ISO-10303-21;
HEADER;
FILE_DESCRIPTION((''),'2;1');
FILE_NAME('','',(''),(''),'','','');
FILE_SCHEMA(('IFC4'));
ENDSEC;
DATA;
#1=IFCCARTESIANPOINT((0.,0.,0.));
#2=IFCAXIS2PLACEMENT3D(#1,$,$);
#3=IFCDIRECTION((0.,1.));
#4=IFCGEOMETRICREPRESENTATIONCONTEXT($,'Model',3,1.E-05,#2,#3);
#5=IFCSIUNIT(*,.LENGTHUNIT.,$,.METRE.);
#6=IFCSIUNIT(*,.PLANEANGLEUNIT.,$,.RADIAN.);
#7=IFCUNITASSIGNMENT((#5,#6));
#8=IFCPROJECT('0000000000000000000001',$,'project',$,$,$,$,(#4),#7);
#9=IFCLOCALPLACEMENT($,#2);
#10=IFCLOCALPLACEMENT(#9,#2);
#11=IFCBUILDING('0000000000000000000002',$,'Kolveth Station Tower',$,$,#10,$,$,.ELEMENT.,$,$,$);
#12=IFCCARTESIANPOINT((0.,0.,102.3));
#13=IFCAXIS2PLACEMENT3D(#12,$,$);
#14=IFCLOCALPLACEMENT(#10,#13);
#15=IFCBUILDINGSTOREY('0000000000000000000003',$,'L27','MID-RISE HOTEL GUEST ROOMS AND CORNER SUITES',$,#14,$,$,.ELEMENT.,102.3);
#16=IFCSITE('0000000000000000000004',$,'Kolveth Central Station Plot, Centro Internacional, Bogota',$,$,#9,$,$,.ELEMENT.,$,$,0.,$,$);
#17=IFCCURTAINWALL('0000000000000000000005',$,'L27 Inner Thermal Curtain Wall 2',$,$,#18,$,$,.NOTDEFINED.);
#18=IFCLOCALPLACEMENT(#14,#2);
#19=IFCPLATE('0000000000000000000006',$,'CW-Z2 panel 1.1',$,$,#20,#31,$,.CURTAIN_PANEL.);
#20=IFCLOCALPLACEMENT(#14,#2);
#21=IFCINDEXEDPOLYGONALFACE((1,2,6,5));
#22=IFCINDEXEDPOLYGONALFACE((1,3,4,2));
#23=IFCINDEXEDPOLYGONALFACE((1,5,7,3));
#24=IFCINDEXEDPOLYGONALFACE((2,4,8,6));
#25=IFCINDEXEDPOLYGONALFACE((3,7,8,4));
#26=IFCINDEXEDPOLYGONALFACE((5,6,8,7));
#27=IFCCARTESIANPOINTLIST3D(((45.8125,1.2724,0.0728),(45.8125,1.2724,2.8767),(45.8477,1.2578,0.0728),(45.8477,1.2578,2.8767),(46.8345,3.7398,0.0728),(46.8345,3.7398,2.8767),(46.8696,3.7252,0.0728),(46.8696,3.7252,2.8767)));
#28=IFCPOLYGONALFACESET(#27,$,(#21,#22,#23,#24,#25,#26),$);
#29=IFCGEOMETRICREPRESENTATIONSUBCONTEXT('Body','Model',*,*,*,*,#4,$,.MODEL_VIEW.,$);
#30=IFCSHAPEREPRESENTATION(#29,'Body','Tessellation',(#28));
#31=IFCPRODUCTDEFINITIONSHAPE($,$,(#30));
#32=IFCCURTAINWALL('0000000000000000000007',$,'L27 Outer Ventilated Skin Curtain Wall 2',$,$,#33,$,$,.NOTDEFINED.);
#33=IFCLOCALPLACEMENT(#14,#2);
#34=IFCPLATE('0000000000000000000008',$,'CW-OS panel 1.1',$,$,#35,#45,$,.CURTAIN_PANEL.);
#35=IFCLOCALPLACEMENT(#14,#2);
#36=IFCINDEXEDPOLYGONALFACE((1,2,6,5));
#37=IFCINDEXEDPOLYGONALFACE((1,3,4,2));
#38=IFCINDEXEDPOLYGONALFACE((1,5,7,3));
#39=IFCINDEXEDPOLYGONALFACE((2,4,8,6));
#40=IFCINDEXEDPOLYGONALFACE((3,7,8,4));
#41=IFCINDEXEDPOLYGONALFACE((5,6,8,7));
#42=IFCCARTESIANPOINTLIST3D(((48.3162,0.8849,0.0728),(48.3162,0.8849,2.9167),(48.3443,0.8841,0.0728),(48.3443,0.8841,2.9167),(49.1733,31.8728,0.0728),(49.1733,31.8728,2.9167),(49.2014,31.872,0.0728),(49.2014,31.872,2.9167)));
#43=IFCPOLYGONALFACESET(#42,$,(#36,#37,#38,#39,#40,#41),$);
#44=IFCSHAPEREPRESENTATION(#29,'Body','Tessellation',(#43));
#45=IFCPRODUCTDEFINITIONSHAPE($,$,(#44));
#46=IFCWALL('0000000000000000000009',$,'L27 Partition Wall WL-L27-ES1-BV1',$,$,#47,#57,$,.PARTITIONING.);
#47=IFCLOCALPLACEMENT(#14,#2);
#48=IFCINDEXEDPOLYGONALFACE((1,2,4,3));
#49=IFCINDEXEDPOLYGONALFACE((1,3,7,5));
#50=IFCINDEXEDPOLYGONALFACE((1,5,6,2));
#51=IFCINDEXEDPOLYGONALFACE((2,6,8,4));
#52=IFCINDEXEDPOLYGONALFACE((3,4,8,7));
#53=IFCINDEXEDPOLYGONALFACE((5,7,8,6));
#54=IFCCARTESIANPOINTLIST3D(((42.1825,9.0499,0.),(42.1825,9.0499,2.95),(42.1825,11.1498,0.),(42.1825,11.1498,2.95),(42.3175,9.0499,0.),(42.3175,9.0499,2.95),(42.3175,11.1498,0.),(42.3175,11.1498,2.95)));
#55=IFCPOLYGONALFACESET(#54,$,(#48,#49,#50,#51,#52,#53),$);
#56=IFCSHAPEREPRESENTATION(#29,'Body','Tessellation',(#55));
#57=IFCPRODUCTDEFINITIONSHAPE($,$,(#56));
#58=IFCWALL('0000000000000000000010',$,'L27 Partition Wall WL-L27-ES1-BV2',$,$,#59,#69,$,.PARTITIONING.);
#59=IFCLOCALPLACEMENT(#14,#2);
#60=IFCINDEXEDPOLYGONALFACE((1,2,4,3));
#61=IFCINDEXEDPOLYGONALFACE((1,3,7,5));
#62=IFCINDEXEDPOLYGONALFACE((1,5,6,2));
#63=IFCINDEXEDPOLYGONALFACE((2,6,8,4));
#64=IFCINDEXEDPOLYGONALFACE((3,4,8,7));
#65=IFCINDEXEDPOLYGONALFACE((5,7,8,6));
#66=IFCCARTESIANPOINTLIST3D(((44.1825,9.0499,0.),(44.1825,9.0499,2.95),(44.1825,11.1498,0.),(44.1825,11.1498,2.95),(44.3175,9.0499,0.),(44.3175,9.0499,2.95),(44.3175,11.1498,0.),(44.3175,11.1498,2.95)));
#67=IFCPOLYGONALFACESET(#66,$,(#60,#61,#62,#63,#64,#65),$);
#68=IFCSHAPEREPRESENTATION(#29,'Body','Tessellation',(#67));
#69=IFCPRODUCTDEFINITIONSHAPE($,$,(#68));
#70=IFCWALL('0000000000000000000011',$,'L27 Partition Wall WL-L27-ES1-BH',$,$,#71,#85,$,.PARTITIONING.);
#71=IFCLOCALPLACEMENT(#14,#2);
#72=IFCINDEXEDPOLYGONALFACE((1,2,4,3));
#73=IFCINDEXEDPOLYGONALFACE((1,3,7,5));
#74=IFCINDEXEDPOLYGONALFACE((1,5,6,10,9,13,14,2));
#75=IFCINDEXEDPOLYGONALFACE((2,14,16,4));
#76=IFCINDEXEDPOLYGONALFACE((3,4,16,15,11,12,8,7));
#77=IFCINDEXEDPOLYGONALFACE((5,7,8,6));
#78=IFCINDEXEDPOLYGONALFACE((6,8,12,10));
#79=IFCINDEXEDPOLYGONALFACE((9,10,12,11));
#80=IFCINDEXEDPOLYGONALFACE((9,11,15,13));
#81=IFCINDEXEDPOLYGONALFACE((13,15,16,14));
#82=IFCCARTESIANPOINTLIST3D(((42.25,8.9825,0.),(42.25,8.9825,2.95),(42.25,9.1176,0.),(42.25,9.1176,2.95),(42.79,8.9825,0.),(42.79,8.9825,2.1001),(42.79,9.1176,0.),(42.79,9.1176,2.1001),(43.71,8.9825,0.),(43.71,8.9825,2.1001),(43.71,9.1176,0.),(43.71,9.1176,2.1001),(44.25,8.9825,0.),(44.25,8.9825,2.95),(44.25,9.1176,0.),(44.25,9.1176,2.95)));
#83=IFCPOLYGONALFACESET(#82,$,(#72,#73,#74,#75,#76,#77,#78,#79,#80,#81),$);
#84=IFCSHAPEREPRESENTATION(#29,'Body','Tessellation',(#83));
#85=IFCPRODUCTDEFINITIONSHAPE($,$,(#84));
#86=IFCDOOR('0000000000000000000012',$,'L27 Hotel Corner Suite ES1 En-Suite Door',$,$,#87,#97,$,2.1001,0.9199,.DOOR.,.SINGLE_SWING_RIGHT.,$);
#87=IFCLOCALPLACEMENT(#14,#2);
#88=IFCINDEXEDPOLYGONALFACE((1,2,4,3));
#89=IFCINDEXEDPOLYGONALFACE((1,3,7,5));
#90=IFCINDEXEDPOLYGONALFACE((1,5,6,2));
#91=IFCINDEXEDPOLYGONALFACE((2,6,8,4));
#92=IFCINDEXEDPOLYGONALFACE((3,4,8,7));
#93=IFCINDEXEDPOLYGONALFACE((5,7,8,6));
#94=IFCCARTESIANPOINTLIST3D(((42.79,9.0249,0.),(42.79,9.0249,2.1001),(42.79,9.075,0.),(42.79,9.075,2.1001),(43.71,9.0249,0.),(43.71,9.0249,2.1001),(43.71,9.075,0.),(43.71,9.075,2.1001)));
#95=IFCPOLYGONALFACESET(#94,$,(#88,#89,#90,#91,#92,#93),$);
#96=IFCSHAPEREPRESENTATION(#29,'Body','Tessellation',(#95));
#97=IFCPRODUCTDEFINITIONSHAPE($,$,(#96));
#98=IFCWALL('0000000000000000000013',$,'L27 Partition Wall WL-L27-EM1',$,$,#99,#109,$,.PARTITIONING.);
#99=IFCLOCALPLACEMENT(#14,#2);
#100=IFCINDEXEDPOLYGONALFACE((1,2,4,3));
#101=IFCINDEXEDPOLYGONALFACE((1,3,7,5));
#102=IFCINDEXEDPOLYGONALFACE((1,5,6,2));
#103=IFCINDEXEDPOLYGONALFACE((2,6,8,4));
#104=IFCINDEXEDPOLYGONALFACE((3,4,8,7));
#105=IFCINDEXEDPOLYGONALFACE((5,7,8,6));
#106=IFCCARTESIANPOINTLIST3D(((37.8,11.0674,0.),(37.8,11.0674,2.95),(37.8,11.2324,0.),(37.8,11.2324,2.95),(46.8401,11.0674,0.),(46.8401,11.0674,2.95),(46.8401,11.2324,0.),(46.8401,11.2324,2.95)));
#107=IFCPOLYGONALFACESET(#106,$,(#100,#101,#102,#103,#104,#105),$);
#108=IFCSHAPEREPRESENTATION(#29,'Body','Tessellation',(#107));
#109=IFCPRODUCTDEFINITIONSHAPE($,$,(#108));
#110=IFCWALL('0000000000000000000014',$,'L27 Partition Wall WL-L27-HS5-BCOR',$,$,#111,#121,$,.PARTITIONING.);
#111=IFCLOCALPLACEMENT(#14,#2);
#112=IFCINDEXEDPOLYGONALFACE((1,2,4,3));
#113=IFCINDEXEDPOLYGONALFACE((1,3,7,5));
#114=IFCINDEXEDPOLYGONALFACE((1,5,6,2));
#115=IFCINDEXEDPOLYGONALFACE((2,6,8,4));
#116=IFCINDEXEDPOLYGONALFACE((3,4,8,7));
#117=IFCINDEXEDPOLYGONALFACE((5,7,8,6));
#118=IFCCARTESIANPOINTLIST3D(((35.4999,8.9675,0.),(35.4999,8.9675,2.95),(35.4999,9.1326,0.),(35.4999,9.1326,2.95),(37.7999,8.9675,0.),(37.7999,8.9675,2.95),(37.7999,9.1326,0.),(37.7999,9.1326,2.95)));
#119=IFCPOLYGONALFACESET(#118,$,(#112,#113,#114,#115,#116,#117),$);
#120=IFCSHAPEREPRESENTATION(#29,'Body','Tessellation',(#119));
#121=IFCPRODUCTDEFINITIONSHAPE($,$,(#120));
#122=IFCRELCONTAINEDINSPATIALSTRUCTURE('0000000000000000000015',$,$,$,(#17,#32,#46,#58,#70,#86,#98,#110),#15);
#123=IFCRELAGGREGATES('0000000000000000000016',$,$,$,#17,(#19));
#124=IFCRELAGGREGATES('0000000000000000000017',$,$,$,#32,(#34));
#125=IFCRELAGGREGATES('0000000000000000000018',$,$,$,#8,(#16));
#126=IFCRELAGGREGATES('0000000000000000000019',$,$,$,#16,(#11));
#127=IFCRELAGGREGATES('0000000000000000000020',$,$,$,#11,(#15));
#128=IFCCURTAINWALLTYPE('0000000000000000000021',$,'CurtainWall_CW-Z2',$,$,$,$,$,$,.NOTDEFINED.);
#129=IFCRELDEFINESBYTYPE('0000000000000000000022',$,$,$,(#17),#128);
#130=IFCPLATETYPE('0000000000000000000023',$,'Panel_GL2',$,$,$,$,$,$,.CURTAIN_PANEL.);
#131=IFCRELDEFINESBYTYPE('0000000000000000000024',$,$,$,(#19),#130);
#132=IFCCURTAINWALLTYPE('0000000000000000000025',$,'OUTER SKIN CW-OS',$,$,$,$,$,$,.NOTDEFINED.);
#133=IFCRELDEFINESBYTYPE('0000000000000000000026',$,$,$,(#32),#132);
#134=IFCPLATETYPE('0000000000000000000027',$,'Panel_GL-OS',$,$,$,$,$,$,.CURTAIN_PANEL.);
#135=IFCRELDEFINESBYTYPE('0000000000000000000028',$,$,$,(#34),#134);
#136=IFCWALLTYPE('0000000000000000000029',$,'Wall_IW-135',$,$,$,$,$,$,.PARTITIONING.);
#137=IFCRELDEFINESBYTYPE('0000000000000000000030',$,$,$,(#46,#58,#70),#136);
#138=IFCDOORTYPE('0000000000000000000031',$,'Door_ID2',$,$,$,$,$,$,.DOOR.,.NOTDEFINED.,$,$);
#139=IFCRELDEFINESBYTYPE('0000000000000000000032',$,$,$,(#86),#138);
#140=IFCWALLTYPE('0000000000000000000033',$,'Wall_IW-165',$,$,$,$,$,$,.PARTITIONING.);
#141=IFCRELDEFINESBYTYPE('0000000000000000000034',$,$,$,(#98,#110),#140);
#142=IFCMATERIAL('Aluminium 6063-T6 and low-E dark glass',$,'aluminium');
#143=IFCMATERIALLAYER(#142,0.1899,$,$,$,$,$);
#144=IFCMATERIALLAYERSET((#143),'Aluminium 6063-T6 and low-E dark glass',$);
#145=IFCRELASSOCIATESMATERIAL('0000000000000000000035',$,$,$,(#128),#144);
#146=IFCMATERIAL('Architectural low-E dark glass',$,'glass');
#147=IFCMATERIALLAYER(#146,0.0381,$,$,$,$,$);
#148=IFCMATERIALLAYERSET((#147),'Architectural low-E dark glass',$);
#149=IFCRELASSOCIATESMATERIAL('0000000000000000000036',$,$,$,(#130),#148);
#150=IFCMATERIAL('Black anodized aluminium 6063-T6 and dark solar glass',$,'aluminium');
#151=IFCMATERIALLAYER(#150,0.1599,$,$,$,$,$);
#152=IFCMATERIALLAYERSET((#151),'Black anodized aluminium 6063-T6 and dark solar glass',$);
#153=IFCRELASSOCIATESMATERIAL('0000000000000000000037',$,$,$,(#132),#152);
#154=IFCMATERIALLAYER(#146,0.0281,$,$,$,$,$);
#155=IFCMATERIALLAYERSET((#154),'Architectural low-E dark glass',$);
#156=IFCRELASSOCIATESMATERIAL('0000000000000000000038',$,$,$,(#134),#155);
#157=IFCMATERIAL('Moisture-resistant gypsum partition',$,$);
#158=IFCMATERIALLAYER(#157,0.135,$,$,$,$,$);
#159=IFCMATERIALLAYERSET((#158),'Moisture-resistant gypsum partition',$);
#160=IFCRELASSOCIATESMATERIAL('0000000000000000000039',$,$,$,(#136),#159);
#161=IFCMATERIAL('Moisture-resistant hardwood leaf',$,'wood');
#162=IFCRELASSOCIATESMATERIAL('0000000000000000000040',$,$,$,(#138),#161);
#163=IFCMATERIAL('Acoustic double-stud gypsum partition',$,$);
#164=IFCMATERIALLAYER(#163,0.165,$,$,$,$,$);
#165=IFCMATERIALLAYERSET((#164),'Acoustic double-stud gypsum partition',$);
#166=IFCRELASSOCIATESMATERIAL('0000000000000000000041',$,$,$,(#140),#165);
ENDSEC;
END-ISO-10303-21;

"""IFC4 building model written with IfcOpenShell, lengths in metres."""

from ifc_helpers import new_model, si_unit, direction, frame, frame_2d, origin, origin_2d, place, context, subcontext, project, spatial, rectangle, extrude, source, transform, mapped, material, layer, layer_set, type_object, element, fill, aggregate, save


model = new_model("IFC4")

# Units and contexts
model_context = context("Model", 3, precision=1e-05, world=origin(), true_north=direction((0.0, 1.0)))
body_context = subcontext(model_context, "Body", "Model", "MODEL_VIEW")
ifc_project = project(units=[si_unit("LENGTHUNIT", "METRE"), si_unit("PLANEANGLEUNIT", "RADIAN")], contexts=[model_context])

# Site, building, storey
site_placement = place(None, origin())
site = spatial("IfcSite", under=ifc_project, at=site_placement, Name="Kolveth Central Station Plot, Centro Internacional, Bogota", CompositionType="ELEMENT", RefElevation=0.0)
building_placement = place(site_placement, origin())
building = spatial("IfcBuilding", under=site, at=building_placement, Name="Kolveth Station Tower", CompositionType="ELEMENT")
storey_placement = place(building_placement, frame((0.0, 0.0, 102.3)))
storey = spatial("IfcBuildingStorey", under=building, at=storey_placement, Name="L27", Description="MID-RISE HOTEL GUEST ROOMS AND CORNER SUITES", CompositionType="ELEMENT", Elevation=102.3)

# Curtain wall
ifc_material_1 = material(Name="Aluminium 6063-T6 and low-E dark glass", Category="aluminium")
ifc_layer_1 = layer(ifc_material_1, 0.1899)
ifc_layer_set_1 = layer_set([ifc_layer_1], Name="Aluminium 6063-T6 and low-E dark glass")
curtain_wall_type_1 = type_object("IfcCurtainWallType", Name="CurtainWall_CW-Z2", PredefinedType="NOTDEFINED", material=ifc_layer_set_1)
curtain_wall_1_placement = place(storey_placement, origin())
curtain_wall_1 = element("IfcCurtainWall", 1, at=curtain_wall_1_placement, inside=storey, type_object=curtain_wall_type_1, Name="L27 Inner Thermal Curtain Wall 2", PredefinedType="NOTDEFINED")

# Plate
ifc_material_2 = material(Name="Architectural low-E dark glass", Category="glass")
ifc_layer_2 = layer(ifc_material_2, 0.0381)
ifc_layer_set_2 = layer_set([ifc_layer_2], Name="Architectural low-E dark glass")
plate_type_1 = type_object("IfcPlateType", Name="Panel_GL2", PredefinedType="CURTAIN_PANEL", material=ifc_layer_set_2)
shared_shape_1 = source(origin(), body_context, "Body", "SweptSolid", [
    extrude(rectangle(XDim=2.6707, YDim=0.0381, at=origin_2d()), origin(), (0.0, 0.0, 1.0), 2.804),
])
plate_1_placement = place(storey_placement, frame((46.3411, 2.4988, 0.0728), z_axis=(0.0, 0.0, 1.0), x_axis=(0.382663, 0.923888, 0.0)))
plate_1 = element("IfcPlate", 2, at=plate_1_placement, type_object=plate_type_1, Name="CW-Z2 panel 1.1", PredefinedType="CURTAIN_PANEL", context=body_context, shape_type="MappedRepresentation", body=[
    mapped(shared_shape_1, transform((0.0, 0.0, 0.0), x_axis=(1.0, 0.0, 0.0), y_axis=(0.0, 1.0, 0.0), z_axis=(0.0, 0.0, 1.0), scale=1.0)),
])
aggregate(curtain_wall_1, [plate_1])

# Curtain wall, plate
ifc_material_3 = material(Name="Black anodized aluminium 6063-T6 and dark solar glass", Category="aluminium")
ifc_layer_3 = layer(ifc_material_3, 0.1599)
ifc_layer_set_3 = layer_set([ifc_layer_3], Name="Black anodized aluminium 6063-T6 and dark solar glass")
curtain_wall_type_2 = type_object("IfcCurtainWallType", Name="OUTER SKIN CW-OS", PredefinedType="NOTDEFINED", material=ifc_layer_set_3)
curtain_wall_2_placement = place(storey_placement, origin())
curtain_wall_2 = element("IfcCurtainWall", 3, at=curtain_wall_2_placement, inside=storey, type_object=curtain_wall_type_2, Name="L27 Outer Ventilated Skin Curtain Wall 2", PredefinedType="NOTDEFINED")
ifc_layer_4 = layer(ifc_material_2, 0.0281)
ifc_layer_set_4 = layer_set([ifc_layer_4], Name="Architectural low-E dark glass")
plate_type_2 = type_object("IfcPlateType", Name="Panel_GL-OS", PredefinedType="CURTAIN_PANEL", material=ifc_layer_set_4)
shared_shape_2 = source(origin(), body_context, "Body", "SweptSolid", [
    extrude(rectangle(XDim=30.9998, YDim=0.0281, at=origin_2d()), origin(), (0.0, 0.0, 1.0), 2.844),
])
plate_2_placement = place(storey_placement, frame((48.7588, 16.3784, 0.0728), z_axis=(0.0, 0.0, 1.0), x_axis=(0.027649, 0.999618, 0.0)))
plate_2 = element("IfcPlate", 4, at=plate_2_placement, type_object=plate_type_2, Name="CW-OS panel 1.1", PredefinedType="CURTAIN_PANEL", context=body_context, shape_type="MappedRepresentation", body=[
    mapped(shared_shape_2, transform((0.0, 0.0, 0.0), x_axis=(1.0, 0.0, 0.0), y_axis=(0.0, 1.0, 0.0), z_axis=(0.0, 0.0, 1.0), scale=1.0)),
])
aggregate(curtain_wall_2, [plate_2])

# Walls
ifc_material_4 = material(Name="Moisture-resistant gypsum partition")
ifc_layer_5 = layer(ifc_material_4, 0.135)
ifc_layer_set_5 = layer_set([ifc_layer_5], Name="Moisture-resistant gypsum partition")
wall_type_1 = type_object("IfcWallType", Name="Wall_IW-135", PredefinedType="PARTITIONING", material=ifc_layer_set_5)
for number, where, z_axis, x_axis, name in (
    (5, (42.25, 9.05, 0.0), (0.0, 0.0, 1.0), (0.0, 1.0, 0.0), "L27 Partition Wall WL-L27-ES1-BV1"),
    (6, (44.25, 9.05, 0.0), (0.0, 0.0, 1.0), (0.0, 1.0, 0.0), "L27 Partition Wall WL-L27-ES1-BV2"),
):
    element("IfcWall", number, at=place(storey_placement, frame(where, z_axis=z_axis, x_axis=x_axis)), inside=storey, type_object=wall_type_1, Name=name, PredefinedType="PARTITIONING", context=body_context, shape_type="SweptSolid", body=[
        extrude(rectangle(XDim=2.0999, YDim=0.135, at=frame_2d((1.0498, 0.0))), origin(), (0.0, 0.0, 1.0), 2.95),
    ])

# Wall, opening, door
wall_1_placement = place(storey_placement, frame((42.25, 9.05, 0.0), z_axis=(0.0, 0.0, 1.0), x_axis=(1.0, 0.0, 0.0)))
wall_1 = element("IfcWall", 7, at=wall_1_placement, inside=storey, type_object=wall_type_1, Name="L27 Partition Wall WL-L27-ES1-BH", PredefinedType="PARTITIONING", context=body_context, shape_type="SweptSolid", body=[
    extrude(rectangle(XDim=2.0, YDim=0.135, at=frame_2d((1.0, 0.0))), origin(), (0.0, 0.0, 1.0), 2.95),
])
opening_placement = place(wall_1_placement, frame((0.54, 0.0, 0.0)))
opening = element("IfcOpeningElement", 8, at=opening_placement, cuts=wall_1, PredefinedType="OPENING", context=body_context, shape_type="SweptSolid", body=[
    extrude(rectangle(XDim=0.9199, YDim=2.1001, at=frame_2d((0.46, 1.05))), frame((0.0, 0.0774, 0.0), z_axis=(0.0, -1.0, 0.0), x_axis=(1.0, 0.0, 0.0)), (0.0, 0.0, 1.0), 0.155),
])
ifc_material_5 = material(Name="Moisture-resistant hardwood leaf", Category="wood")
door_type = type_object("IfcDoorType", Name="Door_ID2", OperationType="NOTDEFINED", PredefinedType="DOOR", material=ifc_material_5)
door_placement = place(opening_placement, origin())
door = element("IfcDoor", 9, at=door_placement, inside=storey, type_object=door_type, Name="L27 Hotel Corner Suite ES1 En-Suite Door", OperationType="SINGLE_SWING_RIGHT", OverallHeight=2.1001, OverallWidth=0.9199, PredefinedType="DOOR", context=body_context, shape_type="SweptSolid", body=[
    extrude(rectangle(XDim=0.9199, YDim=2.1001, at=frame_2d((0.46, 1.05))), frame((0.0, 0.0249, 0.0), z_axis=(0.0, -1.0, 0.0), x_axis=(1.0, 0.0, 0.0)), (0.0, 0.0, 1.0), 0.05),
])
fill(opening, door)

# Walls
ifc_material_6 = material(Name="Acoustic double-stud gypsum partition")
ifc_layer_6 = layer(ifc_material_6, 0.165)
ifc_layer_set_6 = layer_set([ifc_layer_6], Name="Acoustic double-stud gypsum partition")
wall_type_2 = type_object("IfcWallType", Name="Wall_IW-165", PredefinedType="PARTITIONING", material=ifc_layer_set_6)
wall_2_placement = place(storey_placement, frame((37.8, 11.1499, 0.0), z_axis=(0.0, 0.0, 1.0), x_axis=(1.0, 0.0, 0.0)))
element("IfcWall", 10, at=wall_2_placement, inside=storey, type_object=wall_type_2, Name="L27 Partition Wall WL-L27-EM1", PredefinedType="PARTITIONING", context=body_context, shape_type="SweptSolid", body=[
    extrude(rectangle(XDim=9.04, YDim=0.165, at=frame_2d((4.52, 0.0))), origin(), (0.0, 0.0, 1.0), 2.95),
])
wall_3_placement = place(storey_placement, frame((35.5, 9.05, 0.0), z_axis=(0.0, 0.0, 1.0), x_axis=(1.0, 0.0, 0.0)))
element("IfcWall", 11, at=wall_3_placement, inside=storey, type_object=wall_type_2, Name="L27 Partition Wall WL-L27-HS5-BCOR", PredefinedType="PARTITIONING", context=body_context, shape_type="SweptSolid", body=[
    extrude(rectangle(XDim=2.3, YDim=0.165, at=frame_2d((1.1499, 0.0))), origin(), (0.0, 0.0, 1.0), 2.95),
])

save(model, "model.ifc")
